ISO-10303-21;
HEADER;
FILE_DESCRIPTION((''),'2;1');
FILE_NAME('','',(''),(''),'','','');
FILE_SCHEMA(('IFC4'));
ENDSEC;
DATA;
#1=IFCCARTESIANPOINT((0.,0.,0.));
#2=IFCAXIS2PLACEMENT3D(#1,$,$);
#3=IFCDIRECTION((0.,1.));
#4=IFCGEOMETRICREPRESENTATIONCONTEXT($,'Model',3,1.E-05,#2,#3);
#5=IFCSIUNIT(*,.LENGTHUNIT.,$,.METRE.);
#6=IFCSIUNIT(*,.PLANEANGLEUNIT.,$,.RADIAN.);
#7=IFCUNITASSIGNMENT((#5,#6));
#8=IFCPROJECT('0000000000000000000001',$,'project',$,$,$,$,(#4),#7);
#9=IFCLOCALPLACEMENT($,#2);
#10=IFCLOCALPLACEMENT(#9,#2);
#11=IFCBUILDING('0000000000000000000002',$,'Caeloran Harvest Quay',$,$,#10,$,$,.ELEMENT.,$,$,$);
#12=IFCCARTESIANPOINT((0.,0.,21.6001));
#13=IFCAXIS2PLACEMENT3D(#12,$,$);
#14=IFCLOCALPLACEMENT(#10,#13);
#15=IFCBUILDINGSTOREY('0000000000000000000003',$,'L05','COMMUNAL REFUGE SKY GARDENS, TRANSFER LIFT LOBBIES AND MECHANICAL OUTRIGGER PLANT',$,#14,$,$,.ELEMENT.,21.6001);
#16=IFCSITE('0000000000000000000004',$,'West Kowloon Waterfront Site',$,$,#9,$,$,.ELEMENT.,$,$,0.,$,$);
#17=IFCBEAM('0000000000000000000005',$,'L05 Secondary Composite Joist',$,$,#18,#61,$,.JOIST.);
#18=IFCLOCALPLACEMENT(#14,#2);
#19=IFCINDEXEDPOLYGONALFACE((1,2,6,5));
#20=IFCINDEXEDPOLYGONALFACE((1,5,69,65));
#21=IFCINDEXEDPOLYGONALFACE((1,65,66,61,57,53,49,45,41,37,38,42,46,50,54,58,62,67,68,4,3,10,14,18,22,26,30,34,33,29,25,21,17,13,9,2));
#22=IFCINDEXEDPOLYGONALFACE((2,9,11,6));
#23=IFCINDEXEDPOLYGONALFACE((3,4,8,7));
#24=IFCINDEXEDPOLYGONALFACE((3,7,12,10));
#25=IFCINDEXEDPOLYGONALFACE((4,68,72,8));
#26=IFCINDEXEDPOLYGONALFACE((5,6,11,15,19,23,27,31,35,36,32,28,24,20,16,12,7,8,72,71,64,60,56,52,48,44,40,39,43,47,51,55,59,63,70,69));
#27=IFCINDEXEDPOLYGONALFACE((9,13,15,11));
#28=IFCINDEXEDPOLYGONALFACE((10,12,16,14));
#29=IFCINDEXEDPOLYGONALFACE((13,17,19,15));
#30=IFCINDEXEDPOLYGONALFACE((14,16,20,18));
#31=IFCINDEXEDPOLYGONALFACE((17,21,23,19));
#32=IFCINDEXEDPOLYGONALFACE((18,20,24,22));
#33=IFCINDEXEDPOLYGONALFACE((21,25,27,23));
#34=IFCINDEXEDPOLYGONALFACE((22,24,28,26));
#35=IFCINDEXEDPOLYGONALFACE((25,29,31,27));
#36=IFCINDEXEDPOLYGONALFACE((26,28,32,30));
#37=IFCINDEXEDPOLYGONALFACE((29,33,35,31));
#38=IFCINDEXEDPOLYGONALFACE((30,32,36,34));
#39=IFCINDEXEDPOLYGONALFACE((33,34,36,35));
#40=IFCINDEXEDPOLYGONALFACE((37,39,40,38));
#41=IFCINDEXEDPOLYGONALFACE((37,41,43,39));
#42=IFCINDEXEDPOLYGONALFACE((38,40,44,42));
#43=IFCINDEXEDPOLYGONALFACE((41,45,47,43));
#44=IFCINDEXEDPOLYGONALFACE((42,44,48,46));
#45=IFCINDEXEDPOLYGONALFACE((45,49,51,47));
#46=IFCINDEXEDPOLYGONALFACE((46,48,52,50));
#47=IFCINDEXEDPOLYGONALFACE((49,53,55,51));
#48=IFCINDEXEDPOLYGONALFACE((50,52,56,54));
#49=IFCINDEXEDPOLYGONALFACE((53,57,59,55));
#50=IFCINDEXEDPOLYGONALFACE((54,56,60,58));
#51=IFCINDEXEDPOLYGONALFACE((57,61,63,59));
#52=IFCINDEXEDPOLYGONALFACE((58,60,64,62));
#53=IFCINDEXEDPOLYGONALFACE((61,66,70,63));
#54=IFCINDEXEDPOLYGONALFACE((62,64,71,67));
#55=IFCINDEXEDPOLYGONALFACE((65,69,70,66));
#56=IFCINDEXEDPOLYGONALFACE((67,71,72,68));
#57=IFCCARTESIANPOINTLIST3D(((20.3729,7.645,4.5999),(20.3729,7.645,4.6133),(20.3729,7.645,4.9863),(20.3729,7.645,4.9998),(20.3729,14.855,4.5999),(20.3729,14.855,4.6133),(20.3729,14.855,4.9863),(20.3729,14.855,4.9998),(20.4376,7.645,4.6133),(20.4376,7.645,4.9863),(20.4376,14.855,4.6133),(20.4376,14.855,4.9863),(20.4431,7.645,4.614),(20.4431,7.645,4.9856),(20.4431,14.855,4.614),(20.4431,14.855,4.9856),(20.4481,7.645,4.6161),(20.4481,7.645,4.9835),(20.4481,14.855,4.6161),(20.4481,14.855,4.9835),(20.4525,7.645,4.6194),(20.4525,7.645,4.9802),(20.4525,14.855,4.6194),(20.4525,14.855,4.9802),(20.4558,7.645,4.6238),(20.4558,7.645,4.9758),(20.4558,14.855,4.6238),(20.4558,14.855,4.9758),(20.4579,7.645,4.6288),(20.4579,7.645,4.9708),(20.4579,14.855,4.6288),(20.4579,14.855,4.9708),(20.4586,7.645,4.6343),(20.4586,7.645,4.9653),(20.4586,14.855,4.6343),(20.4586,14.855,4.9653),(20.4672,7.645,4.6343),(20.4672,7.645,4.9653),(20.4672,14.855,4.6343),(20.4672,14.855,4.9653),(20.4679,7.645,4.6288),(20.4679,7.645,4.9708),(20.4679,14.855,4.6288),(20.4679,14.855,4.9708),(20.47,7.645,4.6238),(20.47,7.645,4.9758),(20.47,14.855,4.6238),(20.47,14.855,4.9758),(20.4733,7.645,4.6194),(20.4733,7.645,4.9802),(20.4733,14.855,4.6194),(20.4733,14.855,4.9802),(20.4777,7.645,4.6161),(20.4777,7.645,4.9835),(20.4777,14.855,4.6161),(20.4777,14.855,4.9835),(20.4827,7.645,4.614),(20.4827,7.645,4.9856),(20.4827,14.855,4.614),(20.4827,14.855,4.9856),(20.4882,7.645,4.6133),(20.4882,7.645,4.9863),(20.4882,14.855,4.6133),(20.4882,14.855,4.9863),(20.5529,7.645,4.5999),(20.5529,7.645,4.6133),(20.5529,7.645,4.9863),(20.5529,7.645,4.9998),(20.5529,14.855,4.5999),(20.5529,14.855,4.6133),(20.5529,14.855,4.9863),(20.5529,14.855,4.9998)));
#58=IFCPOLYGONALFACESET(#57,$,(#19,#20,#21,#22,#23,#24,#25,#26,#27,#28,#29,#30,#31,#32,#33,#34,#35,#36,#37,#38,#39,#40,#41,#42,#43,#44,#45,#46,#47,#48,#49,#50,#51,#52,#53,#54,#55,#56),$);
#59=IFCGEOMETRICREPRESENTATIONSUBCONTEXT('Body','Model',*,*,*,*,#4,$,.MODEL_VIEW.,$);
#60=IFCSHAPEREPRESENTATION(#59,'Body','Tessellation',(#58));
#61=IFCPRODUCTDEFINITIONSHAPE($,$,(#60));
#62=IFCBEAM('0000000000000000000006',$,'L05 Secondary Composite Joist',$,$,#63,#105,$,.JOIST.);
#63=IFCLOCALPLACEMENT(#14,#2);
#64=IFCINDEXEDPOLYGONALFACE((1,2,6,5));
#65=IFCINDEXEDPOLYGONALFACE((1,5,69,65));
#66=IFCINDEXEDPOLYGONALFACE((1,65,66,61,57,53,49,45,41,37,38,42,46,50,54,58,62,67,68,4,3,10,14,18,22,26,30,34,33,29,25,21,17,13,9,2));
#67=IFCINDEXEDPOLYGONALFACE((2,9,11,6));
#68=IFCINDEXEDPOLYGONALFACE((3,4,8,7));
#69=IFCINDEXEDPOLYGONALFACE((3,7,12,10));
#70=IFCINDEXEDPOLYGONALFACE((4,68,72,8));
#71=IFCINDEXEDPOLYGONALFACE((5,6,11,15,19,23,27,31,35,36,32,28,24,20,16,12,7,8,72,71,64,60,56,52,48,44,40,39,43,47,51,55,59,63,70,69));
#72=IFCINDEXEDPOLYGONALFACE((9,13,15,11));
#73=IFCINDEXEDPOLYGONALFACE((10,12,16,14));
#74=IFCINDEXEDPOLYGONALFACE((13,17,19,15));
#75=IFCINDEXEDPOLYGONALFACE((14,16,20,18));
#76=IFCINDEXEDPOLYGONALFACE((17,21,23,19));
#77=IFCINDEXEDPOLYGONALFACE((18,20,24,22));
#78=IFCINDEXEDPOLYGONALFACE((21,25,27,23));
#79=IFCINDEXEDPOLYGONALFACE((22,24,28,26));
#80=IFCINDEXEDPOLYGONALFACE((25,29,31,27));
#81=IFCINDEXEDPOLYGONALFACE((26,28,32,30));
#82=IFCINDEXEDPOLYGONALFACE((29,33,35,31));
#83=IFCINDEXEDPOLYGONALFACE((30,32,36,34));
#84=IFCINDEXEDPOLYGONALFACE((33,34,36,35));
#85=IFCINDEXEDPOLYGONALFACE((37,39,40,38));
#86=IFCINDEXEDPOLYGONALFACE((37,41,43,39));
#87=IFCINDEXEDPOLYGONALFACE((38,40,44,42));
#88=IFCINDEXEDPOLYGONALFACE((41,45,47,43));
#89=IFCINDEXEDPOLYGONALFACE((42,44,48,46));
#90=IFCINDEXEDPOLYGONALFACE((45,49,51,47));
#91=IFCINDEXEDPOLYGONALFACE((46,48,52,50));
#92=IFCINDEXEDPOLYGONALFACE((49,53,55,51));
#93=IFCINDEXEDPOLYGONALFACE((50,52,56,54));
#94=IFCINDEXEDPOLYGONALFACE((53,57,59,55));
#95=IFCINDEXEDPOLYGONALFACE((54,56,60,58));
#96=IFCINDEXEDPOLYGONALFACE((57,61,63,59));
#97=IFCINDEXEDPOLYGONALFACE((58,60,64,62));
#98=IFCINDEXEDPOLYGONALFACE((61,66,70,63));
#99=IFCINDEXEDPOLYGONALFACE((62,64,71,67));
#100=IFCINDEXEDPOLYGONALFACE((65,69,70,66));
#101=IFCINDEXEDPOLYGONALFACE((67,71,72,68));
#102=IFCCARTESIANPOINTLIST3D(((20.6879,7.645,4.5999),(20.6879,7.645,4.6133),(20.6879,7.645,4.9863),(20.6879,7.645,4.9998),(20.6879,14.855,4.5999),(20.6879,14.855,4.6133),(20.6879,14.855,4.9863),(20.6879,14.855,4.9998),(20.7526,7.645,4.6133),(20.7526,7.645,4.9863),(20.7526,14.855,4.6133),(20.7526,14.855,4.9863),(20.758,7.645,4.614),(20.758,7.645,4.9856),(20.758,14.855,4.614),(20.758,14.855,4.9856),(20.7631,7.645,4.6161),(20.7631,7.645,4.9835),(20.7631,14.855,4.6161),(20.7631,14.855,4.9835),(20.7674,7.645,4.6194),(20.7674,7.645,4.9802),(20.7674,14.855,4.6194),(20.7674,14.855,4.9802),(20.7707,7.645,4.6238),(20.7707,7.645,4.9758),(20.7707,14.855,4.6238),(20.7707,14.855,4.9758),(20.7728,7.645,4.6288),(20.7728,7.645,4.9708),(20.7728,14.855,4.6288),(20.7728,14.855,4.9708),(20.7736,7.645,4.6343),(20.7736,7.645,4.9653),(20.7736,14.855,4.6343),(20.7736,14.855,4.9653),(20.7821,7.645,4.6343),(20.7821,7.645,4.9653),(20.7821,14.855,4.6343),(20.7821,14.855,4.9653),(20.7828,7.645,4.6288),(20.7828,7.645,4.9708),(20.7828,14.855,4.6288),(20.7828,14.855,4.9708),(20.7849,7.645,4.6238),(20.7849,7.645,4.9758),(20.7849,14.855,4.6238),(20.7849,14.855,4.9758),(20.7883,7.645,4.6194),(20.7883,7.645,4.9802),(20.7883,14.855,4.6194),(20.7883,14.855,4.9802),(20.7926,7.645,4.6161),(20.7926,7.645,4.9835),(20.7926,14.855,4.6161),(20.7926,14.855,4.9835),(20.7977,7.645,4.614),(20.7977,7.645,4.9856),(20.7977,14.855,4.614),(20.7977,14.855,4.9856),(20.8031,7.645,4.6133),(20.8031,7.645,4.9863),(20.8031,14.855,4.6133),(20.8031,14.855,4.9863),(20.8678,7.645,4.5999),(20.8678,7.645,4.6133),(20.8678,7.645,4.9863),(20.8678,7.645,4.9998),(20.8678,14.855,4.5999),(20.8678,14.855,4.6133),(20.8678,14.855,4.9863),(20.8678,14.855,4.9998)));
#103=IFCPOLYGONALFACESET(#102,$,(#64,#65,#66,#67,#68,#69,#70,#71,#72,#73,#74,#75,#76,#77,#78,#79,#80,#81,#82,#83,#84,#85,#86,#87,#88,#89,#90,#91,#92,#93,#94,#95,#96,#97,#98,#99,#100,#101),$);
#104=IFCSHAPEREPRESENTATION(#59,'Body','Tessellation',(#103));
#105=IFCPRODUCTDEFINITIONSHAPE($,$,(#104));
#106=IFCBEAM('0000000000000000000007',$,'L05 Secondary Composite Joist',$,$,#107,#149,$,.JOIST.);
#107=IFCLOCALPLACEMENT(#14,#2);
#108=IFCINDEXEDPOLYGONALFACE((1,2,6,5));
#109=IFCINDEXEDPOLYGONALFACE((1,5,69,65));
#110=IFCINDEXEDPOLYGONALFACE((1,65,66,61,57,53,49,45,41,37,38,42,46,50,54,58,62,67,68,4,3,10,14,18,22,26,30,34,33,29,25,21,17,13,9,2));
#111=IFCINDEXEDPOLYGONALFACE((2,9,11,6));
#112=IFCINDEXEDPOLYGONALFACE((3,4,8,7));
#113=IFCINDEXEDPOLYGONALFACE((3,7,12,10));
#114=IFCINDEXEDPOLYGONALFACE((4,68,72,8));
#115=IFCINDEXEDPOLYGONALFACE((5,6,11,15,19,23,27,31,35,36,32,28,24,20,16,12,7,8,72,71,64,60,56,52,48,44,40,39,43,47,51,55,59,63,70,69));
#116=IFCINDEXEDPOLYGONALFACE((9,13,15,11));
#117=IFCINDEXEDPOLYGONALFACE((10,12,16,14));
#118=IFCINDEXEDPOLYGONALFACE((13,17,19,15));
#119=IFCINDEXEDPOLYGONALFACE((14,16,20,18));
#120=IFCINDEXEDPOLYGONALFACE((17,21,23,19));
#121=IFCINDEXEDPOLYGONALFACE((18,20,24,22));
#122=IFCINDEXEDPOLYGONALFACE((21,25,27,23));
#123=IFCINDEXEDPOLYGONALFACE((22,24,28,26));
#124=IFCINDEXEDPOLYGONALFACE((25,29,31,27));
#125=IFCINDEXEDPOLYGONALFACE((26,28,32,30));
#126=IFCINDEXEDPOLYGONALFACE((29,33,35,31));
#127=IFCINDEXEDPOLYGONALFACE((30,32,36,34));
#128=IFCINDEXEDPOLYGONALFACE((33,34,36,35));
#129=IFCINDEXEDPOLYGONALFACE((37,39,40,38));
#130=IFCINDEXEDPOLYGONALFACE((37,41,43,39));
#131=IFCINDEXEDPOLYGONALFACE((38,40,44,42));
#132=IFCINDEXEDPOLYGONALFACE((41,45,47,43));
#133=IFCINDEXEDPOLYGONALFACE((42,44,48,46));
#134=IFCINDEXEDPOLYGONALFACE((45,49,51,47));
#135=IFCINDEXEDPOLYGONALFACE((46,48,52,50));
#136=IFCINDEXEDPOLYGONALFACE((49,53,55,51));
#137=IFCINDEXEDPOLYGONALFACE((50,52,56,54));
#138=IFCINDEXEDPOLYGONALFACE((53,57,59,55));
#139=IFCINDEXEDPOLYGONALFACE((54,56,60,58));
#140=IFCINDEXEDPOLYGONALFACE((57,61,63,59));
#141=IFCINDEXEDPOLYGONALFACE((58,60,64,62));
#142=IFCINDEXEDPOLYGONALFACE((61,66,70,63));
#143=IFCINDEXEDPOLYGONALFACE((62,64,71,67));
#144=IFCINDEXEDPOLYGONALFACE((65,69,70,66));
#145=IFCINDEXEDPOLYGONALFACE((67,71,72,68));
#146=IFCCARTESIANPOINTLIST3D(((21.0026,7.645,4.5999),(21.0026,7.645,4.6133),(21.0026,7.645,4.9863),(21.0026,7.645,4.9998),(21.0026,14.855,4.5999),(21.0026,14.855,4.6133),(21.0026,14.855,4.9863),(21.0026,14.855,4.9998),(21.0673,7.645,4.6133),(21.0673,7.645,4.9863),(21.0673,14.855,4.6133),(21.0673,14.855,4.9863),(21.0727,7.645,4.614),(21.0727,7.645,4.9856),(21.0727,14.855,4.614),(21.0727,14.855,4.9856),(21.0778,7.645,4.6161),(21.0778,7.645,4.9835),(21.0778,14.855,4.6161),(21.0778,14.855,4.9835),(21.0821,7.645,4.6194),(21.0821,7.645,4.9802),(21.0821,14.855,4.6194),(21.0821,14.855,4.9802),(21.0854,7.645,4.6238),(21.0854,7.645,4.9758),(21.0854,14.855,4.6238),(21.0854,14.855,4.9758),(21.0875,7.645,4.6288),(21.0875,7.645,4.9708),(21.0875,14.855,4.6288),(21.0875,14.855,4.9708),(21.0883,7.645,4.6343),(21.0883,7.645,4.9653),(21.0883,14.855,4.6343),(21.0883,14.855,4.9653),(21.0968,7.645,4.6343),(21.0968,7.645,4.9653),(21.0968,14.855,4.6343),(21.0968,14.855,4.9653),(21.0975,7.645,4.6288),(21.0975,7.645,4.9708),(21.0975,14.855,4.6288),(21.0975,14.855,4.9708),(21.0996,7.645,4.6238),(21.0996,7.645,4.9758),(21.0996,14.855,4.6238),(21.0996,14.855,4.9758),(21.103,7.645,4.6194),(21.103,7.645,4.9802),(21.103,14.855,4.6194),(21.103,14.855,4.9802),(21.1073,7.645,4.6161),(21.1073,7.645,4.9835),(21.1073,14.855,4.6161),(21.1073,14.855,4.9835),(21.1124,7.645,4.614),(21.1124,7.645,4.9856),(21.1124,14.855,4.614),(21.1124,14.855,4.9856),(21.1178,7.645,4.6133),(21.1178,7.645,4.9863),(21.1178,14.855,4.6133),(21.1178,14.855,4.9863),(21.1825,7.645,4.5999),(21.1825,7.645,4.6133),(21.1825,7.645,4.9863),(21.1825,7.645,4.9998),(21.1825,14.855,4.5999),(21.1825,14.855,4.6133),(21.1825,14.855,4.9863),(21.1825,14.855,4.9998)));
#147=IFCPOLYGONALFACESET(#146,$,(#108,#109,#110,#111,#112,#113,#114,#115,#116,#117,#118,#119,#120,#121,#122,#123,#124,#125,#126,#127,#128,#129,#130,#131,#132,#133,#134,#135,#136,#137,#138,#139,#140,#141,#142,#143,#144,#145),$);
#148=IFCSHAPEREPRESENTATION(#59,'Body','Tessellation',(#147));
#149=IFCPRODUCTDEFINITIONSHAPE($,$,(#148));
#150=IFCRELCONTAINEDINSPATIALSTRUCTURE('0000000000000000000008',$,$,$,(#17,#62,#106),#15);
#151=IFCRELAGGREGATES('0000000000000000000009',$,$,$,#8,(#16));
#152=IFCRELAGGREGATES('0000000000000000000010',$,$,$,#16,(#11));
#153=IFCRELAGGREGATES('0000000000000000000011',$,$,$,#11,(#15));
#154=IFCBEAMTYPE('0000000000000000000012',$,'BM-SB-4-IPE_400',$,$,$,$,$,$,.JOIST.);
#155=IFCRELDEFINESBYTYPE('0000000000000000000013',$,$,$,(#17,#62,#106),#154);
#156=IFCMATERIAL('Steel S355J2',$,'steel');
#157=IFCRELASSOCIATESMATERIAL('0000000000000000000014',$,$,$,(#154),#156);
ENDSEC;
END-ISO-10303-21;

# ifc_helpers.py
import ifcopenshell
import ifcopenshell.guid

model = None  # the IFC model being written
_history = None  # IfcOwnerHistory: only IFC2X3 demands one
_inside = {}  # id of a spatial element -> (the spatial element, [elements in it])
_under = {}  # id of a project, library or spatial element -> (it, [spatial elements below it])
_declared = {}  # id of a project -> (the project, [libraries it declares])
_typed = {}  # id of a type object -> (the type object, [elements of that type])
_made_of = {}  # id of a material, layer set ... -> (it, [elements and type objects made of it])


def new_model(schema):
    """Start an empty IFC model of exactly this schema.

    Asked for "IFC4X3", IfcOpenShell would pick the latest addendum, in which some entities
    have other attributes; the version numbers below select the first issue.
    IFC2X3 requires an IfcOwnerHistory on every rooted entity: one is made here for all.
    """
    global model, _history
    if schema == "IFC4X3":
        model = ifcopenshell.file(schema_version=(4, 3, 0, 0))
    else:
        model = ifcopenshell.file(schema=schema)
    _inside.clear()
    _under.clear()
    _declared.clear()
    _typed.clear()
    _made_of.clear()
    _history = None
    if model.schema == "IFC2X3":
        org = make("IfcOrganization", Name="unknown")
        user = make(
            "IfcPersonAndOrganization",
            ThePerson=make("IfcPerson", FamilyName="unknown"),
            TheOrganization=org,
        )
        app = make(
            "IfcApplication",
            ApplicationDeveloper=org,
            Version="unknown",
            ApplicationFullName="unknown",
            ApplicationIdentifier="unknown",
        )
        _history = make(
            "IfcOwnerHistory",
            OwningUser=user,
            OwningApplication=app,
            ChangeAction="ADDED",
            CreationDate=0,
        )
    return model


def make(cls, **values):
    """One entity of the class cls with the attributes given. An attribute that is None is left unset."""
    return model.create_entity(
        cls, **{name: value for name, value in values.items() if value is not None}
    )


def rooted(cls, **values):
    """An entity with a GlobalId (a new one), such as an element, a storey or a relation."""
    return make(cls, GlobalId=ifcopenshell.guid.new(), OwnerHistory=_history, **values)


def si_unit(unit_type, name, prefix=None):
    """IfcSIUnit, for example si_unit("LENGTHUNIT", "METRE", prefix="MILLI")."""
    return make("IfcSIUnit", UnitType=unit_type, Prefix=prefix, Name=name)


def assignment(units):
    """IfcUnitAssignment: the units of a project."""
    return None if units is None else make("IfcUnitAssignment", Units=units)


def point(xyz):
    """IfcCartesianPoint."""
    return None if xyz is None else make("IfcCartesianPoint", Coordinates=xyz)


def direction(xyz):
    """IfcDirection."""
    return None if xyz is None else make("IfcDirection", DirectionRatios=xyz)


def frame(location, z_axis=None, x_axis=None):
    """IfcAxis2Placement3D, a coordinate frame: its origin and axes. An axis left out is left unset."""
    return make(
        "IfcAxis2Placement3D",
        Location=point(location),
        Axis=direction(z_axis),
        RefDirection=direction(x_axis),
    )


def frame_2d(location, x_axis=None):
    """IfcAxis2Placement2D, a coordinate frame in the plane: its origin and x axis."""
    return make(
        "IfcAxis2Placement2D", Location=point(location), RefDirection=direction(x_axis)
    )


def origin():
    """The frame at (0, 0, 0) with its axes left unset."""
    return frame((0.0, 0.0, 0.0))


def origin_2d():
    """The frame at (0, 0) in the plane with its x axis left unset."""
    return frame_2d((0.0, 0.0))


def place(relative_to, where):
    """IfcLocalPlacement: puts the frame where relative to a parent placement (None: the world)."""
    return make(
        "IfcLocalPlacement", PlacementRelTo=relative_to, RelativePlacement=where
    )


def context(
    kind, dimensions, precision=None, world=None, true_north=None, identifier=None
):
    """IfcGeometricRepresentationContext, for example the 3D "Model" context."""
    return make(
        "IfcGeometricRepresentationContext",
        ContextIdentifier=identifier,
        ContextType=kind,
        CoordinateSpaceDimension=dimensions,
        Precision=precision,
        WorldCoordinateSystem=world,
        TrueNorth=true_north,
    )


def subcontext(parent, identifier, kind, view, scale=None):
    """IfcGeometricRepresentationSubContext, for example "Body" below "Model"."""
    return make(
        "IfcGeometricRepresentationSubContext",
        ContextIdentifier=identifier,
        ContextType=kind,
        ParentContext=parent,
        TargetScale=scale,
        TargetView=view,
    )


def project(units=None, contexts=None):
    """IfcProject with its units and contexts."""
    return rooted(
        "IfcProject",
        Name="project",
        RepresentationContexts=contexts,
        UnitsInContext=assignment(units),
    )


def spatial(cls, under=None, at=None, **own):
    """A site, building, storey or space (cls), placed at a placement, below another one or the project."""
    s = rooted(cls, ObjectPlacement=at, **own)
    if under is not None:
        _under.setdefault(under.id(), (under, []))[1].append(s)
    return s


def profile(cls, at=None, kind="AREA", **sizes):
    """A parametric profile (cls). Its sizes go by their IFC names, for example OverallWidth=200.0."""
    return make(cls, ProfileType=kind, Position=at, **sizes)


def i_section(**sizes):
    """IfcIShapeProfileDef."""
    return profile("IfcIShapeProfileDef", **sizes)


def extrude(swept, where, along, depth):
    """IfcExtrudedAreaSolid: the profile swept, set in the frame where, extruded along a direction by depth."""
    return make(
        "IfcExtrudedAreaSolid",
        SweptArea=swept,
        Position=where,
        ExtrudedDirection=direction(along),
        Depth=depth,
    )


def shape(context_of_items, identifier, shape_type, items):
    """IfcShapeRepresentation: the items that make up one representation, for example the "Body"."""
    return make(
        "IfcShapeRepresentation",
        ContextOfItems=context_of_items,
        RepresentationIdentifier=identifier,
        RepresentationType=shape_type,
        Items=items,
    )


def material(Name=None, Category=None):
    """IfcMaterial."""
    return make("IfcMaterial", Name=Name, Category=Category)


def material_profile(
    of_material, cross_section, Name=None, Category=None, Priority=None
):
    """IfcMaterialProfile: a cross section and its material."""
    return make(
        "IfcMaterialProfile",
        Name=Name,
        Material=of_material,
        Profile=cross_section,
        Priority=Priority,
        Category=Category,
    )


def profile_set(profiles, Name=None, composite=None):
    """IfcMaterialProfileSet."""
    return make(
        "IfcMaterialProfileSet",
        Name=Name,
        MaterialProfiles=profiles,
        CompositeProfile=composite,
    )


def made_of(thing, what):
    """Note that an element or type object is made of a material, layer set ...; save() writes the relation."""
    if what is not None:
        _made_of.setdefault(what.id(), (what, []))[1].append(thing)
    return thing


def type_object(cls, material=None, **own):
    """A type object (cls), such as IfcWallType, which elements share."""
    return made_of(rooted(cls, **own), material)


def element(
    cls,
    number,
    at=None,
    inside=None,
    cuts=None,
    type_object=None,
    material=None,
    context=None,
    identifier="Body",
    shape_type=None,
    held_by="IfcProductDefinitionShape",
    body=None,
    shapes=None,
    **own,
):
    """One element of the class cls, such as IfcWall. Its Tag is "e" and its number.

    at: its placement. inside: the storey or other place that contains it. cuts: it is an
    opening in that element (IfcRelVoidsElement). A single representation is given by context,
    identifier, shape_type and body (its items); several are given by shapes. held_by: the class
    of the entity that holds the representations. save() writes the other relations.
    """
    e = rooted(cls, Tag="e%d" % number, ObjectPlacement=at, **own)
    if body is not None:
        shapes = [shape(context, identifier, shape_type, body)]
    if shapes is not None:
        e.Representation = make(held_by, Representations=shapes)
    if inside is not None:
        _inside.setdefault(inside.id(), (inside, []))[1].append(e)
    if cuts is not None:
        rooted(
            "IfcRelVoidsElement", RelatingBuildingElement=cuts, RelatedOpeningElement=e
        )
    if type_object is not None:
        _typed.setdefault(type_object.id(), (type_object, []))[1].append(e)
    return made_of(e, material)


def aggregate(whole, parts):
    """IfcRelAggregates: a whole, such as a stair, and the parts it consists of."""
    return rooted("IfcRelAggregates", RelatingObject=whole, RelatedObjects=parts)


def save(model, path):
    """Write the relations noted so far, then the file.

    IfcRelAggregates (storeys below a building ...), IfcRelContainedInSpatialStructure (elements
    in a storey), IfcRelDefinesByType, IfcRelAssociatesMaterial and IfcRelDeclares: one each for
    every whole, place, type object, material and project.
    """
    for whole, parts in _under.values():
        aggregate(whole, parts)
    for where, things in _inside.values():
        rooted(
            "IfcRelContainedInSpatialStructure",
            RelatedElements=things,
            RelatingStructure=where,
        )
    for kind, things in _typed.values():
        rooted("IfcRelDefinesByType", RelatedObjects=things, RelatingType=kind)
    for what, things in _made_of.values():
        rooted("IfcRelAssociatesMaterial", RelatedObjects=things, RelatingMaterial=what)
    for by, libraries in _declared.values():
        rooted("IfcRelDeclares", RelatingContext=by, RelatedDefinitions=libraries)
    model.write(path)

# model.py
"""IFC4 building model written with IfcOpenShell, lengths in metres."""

from ifc_helpers import new_model, si_unit, direction, frame, origin, origin_2d, place, context, subcontext, project, spatial, i_section, extrude, material, material_profile, profile_set, type_object, element, save


model = new_model("IFC4")

# Units and contexts
model_context = context("Model", 3, precision=1e-05, world=origin(), true_north=direction((0.0, 1.0)))
body_context = subcontext(model_context, "Body", "Model", "MODEL_VIEW")
ifc_project = project(units=[si_unit("LENGTHUNIT", "METRE"), si_unit("PLANEANGLEUNIT", "RADIAN")], contexts=[model_context])

# Site, building, storey
site_placement = place(None, origin())
site = spatial("IfcSite", under=ifc_project, at=site_placement, Name="West Kowloon Waterfront Site", CompositionType="ELEMENT", RefElevation=0.0)
building_placement = place(site_placement, origin())
building = spatial("IfcBuilding", under=site, at=building_placement, Name="Caeloran Harvest Quay", CompositionType="ELEMENT")
storey_placement = place(building_placement, frame((0.0, 0.0, 21.6001)))
storey = spatial("IfcBuildingStorey", under=building, at=storey_placement, Name="L05", Description="COMMUNAL REFUGE SKY GARDENS, TRANSFER LIFT LOBBIES AND MECHANICAL OUTRIGGER PLANT", CompositionType="ELEMENT", Elevation=21.6001)

# Beams
ifc_material_1 = material(Name="Steel S355J2", Category="steel")
ifc_material_profile_1 = material_profile(ifc_material_1, i_section(OverallWidth=0.1799, OverallDepth=0.3999, WebThickness=0.0085, FlangeThickness=0.0134, FilletRadius=0.021, at=origin_2d()), Name="IPE 400")
ifc_profile_set_1 = profile_set([ifc_material_profile_1], Name="Steel S355J2")
beam_type_1 = type_object("IfcBeamType", Name="BM-SB-4-IPE_400", PredefinedType="JOIST", material=ifc_profile_set_1)
for number, where, z_axis, x_axis, name in (
    (1, (20.4629, 7.645, 4.7998), (0.0, 1.0, 0.0), (-1.0, 0.0, 0.0), "L05 Secondary Composite Joist"),
    (2, (20.7778, 7.645, 4.7998), (0.0, 1.0, 0.0), (-1.0, 0.0, 0.0), "L05 Secondary Composite Joist"),
    (3, (21.0925, 7.645, 4.7998), (0.0, 1.0, 0.0), (-1.0, 0.0, 0.0), "L05 Secondary Composite Joist"),
):
    element("IfcBeam", number, at=place(storey_placement, frame(where, z_axis=z_axis, x_axis=x_axis)), inside=storey, type_object=beam_type_1, Name=name, PredefinedType="JOIST", context=body_context, shape_type="SweptSolid", body=[
        extrude(i_section(OverallWidth=0.1799, OverallDepth=0.3999, WebThickness=0.0085, FlangeThickness=0.0134, FilletRadius=0.021, at=origin_2d()), origin(), (0.0, 0.0, 1.0), 7.21),
    ])

save(model, "model.ifc")
